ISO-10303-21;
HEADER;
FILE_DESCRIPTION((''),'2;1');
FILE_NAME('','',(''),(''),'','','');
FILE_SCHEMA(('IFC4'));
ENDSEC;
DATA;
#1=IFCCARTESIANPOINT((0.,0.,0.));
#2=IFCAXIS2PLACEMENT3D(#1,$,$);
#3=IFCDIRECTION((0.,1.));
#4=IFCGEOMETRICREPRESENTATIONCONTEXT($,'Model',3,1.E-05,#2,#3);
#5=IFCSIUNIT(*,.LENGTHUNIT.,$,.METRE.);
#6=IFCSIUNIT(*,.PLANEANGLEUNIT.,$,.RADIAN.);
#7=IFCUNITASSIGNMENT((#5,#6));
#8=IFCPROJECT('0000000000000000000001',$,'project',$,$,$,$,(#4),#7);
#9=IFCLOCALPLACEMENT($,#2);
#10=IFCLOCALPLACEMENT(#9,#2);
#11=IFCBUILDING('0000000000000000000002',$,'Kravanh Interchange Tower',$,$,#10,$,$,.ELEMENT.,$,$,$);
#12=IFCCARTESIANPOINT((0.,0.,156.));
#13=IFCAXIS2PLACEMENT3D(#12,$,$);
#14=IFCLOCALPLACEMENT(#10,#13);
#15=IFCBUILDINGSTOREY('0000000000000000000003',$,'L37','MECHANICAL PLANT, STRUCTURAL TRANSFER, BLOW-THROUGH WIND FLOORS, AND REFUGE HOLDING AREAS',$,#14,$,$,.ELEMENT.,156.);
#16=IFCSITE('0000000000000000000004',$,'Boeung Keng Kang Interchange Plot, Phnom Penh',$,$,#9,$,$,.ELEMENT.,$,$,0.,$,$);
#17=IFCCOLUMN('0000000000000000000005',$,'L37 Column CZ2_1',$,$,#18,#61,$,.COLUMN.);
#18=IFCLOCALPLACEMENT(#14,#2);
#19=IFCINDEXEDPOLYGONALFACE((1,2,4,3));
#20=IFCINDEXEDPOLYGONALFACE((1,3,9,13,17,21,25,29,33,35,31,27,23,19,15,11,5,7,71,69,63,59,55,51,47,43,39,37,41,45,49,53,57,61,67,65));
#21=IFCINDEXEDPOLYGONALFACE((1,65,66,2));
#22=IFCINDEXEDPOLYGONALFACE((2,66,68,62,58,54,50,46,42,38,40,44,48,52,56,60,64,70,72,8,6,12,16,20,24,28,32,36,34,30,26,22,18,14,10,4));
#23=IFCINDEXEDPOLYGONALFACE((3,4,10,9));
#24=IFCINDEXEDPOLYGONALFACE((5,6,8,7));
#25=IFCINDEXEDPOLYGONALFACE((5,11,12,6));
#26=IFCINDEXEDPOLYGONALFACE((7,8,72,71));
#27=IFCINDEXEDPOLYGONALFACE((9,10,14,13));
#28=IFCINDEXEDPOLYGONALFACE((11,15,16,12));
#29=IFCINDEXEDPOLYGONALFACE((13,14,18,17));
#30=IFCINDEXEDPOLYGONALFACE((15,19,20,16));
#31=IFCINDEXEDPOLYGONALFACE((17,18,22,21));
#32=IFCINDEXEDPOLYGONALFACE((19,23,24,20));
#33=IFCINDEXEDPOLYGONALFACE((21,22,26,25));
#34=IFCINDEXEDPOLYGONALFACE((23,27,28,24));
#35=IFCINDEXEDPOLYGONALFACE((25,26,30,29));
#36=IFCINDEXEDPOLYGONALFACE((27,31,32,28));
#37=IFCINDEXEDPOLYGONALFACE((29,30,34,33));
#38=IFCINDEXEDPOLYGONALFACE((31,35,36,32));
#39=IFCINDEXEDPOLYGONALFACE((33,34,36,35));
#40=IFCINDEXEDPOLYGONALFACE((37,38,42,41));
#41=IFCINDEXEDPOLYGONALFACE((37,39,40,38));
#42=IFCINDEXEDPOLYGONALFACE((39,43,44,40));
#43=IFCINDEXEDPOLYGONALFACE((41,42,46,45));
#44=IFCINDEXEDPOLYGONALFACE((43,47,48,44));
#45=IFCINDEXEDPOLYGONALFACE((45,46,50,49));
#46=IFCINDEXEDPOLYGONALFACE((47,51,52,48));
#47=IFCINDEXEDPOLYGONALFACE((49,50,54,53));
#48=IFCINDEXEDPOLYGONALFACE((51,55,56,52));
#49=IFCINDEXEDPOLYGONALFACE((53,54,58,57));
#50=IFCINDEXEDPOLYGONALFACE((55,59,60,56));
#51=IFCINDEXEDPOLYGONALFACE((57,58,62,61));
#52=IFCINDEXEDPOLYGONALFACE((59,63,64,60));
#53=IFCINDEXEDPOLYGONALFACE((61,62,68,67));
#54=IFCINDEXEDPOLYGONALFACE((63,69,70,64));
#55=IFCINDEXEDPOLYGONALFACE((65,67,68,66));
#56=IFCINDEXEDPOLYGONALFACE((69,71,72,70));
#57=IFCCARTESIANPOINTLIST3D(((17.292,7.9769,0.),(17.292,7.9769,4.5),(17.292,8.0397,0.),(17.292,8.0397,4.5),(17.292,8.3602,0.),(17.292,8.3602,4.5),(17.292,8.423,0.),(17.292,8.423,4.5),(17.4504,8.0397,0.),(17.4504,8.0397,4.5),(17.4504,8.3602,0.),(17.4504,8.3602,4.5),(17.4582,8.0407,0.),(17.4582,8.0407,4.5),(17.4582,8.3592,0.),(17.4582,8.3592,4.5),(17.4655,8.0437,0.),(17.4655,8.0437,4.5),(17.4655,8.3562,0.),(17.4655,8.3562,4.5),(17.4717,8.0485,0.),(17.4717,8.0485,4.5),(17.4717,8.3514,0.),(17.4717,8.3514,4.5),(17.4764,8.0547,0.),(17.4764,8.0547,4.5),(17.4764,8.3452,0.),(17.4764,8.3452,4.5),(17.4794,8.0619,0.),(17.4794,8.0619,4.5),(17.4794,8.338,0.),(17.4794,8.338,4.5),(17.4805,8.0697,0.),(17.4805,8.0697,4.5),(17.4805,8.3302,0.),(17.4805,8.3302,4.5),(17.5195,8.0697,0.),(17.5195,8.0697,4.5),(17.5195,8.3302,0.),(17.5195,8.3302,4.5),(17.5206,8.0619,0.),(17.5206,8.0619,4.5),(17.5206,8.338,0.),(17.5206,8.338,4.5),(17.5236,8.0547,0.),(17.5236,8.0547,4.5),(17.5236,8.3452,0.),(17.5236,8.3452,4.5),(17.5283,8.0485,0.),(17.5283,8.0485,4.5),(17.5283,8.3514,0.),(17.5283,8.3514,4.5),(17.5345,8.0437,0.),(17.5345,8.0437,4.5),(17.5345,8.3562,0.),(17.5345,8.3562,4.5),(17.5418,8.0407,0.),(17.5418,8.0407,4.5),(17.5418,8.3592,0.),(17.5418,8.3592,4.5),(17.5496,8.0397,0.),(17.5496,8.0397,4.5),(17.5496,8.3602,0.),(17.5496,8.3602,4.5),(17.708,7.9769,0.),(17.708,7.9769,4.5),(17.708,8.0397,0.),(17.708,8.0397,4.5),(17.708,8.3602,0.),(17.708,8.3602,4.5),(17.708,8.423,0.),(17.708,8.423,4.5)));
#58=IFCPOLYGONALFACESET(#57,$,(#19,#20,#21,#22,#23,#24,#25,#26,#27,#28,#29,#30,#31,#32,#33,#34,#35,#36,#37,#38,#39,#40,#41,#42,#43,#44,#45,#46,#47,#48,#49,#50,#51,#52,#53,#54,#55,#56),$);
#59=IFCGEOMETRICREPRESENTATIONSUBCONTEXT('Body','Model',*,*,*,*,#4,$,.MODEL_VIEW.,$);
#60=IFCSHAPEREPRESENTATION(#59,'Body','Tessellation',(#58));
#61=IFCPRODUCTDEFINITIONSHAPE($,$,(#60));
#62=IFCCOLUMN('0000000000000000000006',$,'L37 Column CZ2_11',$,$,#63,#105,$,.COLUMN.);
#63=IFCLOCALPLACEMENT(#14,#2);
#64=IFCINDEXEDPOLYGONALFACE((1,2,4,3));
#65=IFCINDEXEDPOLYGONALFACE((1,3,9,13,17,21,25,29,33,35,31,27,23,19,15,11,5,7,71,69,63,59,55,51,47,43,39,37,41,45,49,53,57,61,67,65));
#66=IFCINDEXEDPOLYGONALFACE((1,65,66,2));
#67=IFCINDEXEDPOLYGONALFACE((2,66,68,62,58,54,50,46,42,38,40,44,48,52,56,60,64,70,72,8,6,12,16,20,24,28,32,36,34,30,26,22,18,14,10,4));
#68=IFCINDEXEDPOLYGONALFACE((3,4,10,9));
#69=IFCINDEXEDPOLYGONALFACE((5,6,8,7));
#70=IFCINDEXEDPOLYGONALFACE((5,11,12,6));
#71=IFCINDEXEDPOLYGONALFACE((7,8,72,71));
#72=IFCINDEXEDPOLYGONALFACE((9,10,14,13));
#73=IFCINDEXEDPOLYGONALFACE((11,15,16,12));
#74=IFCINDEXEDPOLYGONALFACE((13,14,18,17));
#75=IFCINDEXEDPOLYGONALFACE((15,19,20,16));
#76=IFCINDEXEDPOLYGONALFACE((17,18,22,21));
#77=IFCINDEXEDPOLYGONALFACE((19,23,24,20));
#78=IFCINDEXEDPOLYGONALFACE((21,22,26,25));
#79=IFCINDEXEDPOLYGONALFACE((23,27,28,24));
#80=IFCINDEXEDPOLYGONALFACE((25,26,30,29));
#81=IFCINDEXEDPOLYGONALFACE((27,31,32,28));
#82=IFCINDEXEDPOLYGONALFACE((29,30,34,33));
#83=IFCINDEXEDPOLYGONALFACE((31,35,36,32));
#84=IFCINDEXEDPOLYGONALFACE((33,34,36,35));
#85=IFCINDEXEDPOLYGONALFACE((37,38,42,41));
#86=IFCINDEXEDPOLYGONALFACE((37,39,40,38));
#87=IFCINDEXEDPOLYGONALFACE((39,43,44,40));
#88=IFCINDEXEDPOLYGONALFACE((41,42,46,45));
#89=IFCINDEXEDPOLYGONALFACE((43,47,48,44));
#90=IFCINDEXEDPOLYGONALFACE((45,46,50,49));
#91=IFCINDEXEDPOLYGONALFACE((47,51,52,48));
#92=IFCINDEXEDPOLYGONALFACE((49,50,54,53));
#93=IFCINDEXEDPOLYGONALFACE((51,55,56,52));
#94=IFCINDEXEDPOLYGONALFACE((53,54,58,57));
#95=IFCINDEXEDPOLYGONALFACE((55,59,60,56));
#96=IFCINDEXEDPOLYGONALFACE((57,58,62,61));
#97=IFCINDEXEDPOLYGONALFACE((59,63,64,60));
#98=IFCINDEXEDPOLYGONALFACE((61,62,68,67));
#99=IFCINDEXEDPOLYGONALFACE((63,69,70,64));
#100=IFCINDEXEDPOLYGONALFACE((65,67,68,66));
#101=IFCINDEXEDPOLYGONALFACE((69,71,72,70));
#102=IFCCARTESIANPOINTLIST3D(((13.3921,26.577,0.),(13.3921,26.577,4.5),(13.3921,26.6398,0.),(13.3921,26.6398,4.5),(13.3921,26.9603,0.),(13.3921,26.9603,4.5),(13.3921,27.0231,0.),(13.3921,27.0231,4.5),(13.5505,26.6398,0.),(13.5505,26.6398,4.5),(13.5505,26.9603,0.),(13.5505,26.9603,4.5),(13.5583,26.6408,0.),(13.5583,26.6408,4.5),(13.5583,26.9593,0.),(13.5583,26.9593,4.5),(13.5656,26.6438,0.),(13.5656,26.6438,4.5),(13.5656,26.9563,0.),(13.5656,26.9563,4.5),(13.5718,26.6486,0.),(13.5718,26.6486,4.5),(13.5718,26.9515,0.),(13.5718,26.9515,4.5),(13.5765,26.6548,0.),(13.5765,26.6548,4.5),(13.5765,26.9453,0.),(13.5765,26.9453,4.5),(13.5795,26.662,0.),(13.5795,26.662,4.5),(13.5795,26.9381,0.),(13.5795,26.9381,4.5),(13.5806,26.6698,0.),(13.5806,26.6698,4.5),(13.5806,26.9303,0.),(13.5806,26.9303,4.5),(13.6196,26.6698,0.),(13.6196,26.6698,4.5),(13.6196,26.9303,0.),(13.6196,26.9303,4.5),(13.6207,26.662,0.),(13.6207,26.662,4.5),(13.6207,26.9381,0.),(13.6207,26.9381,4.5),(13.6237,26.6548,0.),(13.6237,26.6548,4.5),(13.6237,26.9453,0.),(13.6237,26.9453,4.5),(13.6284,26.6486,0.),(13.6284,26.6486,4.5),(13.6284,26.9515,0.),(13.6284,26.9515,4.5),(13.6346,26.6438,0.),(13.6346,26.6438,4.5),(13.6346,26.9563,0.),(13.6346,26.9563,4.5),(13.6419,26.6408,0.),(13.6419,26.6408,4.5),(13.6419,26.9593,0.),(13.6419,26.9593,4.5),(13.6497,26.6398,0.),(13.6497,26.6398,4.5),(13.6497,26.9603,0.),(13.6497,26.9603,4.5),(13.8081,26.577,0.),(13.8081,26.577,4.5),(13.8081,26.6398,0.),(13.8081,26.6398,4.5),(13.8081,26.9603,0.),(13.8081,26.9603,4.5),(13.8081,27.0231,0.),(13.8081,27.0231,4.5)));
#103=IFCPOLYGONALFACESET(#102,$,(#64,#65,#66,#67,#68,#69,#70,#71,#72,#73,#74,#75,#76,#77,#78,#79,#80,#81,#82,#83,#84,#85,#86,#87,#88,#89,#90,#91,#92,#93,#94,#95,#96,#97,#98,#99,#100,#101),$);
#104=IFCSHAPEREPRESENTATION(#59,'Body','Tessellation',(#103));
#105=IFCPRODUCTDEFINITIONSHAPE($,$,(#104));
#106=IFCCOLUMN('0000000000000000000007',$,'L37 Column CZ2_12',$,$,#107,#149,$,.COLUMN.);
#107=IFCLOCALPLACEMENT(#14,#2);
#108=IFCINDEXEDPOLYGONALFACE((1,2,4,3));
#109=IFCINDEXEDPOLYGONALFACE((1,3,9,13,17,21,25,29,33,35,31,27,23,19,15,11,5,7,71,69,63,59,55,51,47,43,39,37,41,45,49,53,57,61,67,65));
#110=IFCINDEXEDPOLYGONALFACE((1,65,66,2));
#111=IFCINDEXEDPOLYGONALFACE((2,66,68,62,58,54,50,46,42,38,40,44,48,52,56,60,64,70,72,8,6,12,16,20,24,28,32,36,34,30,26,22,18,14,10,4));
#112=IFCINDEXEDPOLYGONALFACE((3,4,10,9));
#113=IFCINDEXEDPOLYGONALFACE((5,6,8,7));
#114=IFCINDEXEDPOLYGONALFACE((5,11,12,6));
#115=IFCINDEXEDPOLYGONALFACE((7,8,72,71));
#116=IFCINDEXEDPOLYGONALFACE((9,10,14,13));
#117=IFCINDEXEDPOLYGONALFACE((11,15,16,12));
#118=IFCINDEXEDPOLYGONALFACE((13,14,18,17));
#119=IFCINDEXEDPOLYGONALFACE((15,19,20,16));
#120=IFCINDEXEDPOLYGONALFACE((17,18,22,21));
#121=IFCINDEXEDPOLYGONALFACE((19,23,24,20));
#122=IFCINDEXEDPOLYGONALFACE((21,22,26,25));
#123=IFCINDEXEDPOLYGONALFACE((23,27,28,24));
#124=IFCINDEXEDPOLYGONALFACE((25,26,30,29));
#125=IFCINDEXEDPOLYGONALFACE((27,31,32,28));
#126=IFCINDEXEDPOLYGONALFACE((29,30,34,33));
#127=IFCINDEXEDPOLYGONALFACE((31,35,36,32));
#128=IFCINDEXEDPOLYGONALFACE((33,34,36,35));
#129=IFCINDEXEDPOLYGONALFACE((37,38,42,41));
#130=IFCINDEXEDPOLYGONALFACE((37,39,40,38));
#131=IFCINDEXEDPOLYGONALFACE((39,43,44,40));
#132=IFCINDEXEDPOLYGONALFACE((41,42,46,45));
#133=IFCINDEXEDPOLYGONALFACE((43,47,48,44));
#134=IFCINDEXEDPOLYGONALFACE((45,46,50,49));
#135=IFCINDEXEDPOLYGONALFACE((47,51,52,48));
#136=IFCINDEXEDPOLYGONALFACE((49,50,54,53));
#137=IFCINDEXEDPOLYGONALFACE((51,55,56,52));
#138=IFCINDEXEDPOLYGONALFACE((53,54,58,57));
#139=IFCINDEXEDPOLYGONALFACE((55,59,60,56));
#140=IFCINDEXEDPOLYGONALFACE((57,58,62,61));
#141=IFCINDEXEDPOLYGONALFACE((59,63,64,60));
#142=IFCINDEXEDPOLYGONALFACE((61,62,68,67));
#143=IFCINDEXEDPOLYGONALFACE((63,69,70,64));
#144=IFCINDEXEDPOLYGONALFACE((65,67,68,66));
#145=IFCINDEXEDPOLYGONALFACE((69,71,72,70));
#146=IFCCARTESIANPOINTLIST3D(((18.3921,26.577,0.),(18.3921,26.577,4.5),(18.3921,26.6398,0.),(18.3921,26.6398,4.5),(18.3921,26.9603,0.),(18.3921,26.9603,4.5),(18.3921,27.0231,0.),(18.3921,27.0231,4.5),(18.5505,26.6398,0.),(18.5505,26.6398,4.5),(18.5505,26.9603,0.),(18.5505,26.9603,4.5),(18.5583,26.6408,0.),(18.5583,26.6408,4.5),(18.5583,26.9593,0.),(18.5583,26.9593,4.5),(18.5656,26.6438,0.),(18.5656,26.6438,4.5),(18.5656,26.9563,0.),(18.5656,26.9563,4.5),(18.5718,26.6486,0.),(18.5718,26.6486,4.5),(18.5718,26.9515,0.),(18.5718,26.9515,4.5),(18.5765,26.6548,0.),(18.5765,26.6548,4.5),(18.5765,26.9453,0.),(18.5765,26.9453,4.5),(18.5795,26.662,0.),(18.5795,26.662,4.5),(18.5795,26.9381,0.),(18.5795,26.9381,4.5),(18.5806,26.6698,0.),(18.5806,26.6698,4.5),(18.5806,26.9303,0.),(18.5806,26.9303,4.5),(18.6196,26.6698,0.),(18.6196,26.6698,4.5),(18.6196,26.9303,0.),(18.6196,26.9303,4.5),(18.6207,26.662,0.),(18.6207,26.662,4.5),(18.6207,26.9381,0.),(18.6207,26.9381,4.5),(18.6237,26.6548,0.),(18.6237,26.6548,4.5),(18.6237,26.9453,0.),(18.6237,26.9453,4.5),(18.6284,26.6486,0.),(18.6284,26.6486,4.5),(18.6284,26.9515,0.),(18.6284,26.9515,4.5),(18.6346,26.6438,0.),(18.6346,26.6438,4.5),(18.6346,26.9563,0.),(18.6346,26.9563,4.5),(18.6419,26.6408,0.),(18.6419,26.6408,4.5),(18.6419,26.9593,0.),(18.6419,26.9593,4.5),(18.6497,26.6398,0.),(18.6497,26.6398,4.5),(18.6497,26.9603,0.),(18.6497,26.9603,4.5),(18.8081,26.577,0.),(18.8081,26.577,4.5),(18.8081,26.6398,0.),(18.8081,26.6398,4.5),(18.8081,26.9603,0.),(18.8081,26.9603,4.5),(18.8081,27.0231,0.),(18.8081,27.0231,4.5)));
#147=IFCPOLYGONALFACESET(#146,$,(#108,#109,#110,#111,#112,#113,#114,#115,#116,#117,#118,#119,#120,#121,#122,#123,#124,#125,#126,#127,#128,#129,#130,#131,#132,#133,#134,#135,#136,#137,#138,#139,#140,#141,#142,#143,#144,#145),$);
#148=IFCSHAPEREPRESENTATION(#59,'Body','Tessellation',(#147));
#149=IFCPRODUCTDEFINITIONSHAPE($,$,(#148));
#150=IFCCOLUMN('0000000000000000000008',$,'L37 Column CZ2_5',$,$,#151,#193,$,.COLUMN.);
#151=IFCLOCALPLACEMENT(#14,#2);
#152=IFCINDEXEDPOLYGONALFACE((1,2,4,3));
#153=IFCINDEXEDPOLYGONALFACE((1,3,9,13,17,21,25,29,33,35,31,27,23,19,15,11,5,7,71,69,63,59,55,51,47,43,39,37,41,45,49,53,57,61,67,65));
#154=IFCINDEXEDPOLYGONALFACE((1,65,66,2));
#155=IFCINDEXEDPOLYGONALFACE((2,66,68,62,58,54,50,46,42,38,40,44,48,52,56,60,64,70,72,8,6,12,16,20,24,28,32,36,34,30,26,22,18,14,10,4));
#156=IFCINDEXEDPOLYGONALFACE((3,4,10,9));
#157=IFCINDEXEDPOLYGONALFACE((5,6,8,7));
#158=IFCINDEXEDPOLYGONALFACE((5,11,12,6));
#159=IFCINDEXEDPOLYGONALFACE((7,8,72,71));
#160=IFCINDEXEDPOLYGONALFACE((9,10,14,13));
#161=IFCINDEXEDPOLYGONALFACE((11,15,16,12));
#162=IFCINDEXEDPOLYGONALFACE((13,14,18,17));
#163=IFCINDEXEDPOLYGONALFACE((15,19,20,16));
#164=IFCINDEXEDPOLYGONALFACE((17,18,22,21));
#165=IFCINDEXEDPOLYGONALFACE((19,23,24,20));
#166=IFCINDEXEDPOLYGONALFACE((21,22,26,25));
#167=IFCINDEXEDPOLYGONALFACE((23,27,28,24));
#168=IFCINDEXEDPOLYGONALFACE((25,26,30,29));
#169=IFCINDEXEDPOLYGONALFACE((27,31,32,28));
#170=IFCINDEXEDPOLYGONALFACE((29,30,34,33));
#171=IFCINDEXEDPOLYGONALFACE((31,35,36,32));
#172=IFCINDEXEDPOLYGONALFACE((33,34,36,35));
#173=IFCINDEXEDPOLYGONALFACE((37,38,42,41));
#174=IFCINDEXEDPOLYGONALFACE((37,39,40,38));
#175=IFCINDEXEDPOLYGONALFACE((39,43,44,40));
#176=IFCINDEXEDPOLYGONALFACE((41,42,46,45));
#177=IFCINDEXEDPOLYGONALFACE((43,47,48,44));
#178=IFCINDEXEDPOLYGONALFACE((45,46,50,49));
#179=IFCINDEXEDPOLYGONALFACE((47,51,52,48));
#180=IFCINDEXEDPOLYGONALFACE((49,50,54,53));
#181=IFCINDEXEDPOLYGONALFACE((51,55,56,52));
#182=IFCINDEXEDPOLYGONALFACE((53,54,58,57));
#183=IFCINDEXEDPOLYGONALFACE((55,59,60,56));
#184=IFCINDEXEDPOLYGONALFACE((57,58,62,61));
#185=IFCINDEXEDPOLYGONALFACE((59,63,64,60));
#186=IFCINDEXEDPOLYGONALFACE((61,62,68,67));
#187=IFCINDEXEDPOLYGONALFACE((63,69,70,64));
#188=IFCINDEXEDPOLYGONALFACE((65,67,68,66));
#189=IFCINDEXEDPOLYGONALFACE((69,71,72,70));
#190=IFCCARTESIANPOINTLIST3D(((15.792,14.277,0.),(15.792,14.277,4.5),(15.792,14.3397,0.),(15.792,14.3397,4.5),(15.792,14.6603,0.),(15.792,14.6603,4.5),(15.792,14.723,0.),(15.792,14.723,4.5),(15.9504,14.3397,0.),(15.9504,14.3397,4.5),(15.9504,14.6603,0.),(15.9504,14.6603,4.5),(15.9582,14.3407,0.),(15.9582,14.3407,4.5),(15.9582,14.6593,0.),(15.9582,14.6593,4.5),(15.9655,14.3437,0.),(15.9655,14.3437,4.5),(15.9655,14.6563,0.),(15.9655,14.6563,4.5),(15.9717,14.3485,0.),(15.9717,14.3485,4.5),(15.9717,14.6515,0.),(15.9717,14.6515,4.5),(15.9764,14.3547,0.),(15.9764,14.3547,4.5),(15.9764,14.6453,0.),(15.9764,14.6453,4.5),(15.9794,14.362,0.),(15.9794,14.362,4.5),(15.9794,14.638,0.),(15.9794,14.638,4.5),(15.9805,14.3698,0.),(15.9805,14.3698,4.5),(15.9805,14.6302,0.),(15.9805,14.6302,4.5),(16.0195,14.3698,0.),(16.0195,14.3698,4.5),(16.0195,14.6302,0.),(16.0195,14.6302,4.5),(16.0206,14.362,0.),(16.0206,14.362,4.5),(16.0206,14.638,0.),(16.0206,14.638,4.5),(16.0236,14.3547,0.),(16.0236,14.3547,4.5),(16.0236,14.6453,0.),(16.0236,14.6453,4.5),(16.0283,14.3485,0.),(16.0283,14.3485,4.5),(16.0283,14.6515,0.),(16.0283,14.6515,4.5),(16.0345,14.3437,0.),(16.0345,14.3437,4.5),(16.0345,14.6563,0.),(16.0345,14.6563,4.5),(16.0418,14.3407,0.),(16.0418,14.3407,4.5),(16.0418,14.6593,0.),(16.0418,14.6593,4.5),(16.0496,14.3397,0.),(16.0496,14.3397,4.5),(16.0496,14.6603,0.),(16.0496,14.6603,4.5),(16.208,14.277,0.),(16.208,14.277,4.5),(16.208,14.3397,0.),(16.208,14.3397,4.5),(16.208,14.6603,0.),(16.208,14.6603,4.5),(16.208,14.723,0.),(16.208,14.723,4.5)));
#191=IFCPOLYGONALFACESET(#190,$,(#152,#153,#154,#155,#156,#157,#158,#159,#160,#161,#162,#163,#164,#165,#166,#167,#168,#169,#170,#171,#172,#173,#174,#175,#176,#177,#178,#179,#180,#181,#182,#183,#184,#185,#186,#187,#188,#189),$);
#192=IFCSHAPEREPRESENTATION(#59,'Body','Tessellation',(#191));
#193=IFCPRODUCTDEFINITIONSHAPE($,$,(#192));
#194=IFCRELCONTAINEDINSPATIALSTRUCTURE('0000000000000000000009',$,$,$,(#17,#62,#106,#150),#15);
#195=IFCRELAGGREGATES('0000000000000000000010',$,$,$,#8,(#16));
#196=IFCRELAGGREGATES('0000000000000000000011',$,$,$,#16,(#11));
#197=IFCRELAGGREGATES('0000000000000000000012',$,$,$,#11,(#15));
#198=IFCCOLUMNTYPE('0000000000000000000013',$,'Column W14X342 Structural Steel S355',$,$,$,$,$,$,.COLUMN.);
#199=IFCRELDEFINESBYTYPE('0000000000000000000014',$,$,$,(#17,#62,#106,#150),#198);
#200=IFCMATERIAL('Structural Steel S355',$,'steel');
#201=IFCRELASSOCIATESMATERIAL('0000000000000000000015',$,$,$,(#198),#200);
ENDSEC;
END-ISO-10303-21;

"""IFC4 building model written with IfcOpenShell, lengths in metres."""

from ifc_helpers import new_model, si_unit, direction, frame, origin, origin_2d, place, context, subcontext, project, spatial, i_section, extrude, material, material_profile, profile_set, type_object, element, save


model = new_model("IFC4")

# Units and contexts
model_context = context("Model", 3, precision=1e-05, world=origin(), true_north=direction((0.0, 1.0)))
body_context = subcontext(model_context, "Body", "Model", "MODEL_VIEW")
ifc_project = project(units=[si_unit("LENGTHUNIT", "METRE"), si_unit("PLANEANGLEUNIT", "RADIAN")], contexts=[model_context])

# Site, building, storey
site_placement = place(None, origin())
site = spatial("IfcSite", under=ifc_project, at=site_placement, Name="Boeung Keng Kang Interchange Plot, Phnom Penh", CompositionType="ELEMENT", RefElevation=0.0)
building_placement = place(site_placement, origin())
building = spatial("IfcBuilding", under=site, at=building_placement, Name="Kravanh Interchange Tower", CompositionType="ELEMENT")
storey_placement = place(building_placement, frame((0.0, 0.0, 156.0)))
storey = spatial("IfcBuildingStorey", under=building, at=storey_placement, Name="L37", Description="MECHANICAL PLANT, STRUCTURAL TRANSFER, BLOW-THROUGH WIND FLOORS, AND REFUGE HOLDING AREAS", CompositionType="ELEMENT", Elevation=156.0)

# Columns
ifc_material_1 = material(Name="Structural Steel S355", Category="steel")
ifc_material_profile_1 = material_profile(ifc_material_1, i_section(OverallWidth=0.416, OverallDepth=0.446, WebThickness=0.0391, FlangeThickness=0.0627, FilletRadius=0.03, at=origin_2d()), Name="W14X342")
ifc_profile_set_1 = profile_set([ifc_material_profile_1], Name="Structural Steel S355")
column_type = type_object("IfcColumnType", Name="Column W14X342 Structural Steel S355", PredefinedType="COLUMN", material=ifc_profile_set_1)
for number, where, z_axis, x_axis, name in (
    (1, (17.5, 8.2, 0.0), (0.0, 0.0, 1.0), (1.0, 0.0, 0.0), "L37 Column CZ2_1"),
    (2, (13.6001, 26.8, 0.0), (0.0, 0.0, 1.0), (1.0, 0.0, 0.0), "L37 Column CZ2_11"),
    (3, (18.6001, 26.8, 0.0), (0.0, 0.0, 1.0), (1.0, 0.0, 0.0), "L37 Column CZ2_12"),
    (4, (16.0, 14.5, 0.0), (0.0, 0.0, 1.0), (1.0, 0.0, 0.0), "L37 Column CZ2_5"),
):
    element("IfcColumn", number, at=place(storey_placement, frame(where, z_axis=z_axis, x_axis=x_axis)), inside=storey, type_object=column_type, Name=name, PredefinedType="COLUMN", context=body_context, shape_type="SweptSolid", body=[
        extrude(i_section(OverallWidth=0.416, OverallDepth=0.446, WebThickness=0.0391, FlangeThickness=0.0627, FilletRadius=0.03, at=origin_2d()), origin(), (0.0, 0.0, 1.0), 4.5),
    ])

save(model, "model.ifc")
